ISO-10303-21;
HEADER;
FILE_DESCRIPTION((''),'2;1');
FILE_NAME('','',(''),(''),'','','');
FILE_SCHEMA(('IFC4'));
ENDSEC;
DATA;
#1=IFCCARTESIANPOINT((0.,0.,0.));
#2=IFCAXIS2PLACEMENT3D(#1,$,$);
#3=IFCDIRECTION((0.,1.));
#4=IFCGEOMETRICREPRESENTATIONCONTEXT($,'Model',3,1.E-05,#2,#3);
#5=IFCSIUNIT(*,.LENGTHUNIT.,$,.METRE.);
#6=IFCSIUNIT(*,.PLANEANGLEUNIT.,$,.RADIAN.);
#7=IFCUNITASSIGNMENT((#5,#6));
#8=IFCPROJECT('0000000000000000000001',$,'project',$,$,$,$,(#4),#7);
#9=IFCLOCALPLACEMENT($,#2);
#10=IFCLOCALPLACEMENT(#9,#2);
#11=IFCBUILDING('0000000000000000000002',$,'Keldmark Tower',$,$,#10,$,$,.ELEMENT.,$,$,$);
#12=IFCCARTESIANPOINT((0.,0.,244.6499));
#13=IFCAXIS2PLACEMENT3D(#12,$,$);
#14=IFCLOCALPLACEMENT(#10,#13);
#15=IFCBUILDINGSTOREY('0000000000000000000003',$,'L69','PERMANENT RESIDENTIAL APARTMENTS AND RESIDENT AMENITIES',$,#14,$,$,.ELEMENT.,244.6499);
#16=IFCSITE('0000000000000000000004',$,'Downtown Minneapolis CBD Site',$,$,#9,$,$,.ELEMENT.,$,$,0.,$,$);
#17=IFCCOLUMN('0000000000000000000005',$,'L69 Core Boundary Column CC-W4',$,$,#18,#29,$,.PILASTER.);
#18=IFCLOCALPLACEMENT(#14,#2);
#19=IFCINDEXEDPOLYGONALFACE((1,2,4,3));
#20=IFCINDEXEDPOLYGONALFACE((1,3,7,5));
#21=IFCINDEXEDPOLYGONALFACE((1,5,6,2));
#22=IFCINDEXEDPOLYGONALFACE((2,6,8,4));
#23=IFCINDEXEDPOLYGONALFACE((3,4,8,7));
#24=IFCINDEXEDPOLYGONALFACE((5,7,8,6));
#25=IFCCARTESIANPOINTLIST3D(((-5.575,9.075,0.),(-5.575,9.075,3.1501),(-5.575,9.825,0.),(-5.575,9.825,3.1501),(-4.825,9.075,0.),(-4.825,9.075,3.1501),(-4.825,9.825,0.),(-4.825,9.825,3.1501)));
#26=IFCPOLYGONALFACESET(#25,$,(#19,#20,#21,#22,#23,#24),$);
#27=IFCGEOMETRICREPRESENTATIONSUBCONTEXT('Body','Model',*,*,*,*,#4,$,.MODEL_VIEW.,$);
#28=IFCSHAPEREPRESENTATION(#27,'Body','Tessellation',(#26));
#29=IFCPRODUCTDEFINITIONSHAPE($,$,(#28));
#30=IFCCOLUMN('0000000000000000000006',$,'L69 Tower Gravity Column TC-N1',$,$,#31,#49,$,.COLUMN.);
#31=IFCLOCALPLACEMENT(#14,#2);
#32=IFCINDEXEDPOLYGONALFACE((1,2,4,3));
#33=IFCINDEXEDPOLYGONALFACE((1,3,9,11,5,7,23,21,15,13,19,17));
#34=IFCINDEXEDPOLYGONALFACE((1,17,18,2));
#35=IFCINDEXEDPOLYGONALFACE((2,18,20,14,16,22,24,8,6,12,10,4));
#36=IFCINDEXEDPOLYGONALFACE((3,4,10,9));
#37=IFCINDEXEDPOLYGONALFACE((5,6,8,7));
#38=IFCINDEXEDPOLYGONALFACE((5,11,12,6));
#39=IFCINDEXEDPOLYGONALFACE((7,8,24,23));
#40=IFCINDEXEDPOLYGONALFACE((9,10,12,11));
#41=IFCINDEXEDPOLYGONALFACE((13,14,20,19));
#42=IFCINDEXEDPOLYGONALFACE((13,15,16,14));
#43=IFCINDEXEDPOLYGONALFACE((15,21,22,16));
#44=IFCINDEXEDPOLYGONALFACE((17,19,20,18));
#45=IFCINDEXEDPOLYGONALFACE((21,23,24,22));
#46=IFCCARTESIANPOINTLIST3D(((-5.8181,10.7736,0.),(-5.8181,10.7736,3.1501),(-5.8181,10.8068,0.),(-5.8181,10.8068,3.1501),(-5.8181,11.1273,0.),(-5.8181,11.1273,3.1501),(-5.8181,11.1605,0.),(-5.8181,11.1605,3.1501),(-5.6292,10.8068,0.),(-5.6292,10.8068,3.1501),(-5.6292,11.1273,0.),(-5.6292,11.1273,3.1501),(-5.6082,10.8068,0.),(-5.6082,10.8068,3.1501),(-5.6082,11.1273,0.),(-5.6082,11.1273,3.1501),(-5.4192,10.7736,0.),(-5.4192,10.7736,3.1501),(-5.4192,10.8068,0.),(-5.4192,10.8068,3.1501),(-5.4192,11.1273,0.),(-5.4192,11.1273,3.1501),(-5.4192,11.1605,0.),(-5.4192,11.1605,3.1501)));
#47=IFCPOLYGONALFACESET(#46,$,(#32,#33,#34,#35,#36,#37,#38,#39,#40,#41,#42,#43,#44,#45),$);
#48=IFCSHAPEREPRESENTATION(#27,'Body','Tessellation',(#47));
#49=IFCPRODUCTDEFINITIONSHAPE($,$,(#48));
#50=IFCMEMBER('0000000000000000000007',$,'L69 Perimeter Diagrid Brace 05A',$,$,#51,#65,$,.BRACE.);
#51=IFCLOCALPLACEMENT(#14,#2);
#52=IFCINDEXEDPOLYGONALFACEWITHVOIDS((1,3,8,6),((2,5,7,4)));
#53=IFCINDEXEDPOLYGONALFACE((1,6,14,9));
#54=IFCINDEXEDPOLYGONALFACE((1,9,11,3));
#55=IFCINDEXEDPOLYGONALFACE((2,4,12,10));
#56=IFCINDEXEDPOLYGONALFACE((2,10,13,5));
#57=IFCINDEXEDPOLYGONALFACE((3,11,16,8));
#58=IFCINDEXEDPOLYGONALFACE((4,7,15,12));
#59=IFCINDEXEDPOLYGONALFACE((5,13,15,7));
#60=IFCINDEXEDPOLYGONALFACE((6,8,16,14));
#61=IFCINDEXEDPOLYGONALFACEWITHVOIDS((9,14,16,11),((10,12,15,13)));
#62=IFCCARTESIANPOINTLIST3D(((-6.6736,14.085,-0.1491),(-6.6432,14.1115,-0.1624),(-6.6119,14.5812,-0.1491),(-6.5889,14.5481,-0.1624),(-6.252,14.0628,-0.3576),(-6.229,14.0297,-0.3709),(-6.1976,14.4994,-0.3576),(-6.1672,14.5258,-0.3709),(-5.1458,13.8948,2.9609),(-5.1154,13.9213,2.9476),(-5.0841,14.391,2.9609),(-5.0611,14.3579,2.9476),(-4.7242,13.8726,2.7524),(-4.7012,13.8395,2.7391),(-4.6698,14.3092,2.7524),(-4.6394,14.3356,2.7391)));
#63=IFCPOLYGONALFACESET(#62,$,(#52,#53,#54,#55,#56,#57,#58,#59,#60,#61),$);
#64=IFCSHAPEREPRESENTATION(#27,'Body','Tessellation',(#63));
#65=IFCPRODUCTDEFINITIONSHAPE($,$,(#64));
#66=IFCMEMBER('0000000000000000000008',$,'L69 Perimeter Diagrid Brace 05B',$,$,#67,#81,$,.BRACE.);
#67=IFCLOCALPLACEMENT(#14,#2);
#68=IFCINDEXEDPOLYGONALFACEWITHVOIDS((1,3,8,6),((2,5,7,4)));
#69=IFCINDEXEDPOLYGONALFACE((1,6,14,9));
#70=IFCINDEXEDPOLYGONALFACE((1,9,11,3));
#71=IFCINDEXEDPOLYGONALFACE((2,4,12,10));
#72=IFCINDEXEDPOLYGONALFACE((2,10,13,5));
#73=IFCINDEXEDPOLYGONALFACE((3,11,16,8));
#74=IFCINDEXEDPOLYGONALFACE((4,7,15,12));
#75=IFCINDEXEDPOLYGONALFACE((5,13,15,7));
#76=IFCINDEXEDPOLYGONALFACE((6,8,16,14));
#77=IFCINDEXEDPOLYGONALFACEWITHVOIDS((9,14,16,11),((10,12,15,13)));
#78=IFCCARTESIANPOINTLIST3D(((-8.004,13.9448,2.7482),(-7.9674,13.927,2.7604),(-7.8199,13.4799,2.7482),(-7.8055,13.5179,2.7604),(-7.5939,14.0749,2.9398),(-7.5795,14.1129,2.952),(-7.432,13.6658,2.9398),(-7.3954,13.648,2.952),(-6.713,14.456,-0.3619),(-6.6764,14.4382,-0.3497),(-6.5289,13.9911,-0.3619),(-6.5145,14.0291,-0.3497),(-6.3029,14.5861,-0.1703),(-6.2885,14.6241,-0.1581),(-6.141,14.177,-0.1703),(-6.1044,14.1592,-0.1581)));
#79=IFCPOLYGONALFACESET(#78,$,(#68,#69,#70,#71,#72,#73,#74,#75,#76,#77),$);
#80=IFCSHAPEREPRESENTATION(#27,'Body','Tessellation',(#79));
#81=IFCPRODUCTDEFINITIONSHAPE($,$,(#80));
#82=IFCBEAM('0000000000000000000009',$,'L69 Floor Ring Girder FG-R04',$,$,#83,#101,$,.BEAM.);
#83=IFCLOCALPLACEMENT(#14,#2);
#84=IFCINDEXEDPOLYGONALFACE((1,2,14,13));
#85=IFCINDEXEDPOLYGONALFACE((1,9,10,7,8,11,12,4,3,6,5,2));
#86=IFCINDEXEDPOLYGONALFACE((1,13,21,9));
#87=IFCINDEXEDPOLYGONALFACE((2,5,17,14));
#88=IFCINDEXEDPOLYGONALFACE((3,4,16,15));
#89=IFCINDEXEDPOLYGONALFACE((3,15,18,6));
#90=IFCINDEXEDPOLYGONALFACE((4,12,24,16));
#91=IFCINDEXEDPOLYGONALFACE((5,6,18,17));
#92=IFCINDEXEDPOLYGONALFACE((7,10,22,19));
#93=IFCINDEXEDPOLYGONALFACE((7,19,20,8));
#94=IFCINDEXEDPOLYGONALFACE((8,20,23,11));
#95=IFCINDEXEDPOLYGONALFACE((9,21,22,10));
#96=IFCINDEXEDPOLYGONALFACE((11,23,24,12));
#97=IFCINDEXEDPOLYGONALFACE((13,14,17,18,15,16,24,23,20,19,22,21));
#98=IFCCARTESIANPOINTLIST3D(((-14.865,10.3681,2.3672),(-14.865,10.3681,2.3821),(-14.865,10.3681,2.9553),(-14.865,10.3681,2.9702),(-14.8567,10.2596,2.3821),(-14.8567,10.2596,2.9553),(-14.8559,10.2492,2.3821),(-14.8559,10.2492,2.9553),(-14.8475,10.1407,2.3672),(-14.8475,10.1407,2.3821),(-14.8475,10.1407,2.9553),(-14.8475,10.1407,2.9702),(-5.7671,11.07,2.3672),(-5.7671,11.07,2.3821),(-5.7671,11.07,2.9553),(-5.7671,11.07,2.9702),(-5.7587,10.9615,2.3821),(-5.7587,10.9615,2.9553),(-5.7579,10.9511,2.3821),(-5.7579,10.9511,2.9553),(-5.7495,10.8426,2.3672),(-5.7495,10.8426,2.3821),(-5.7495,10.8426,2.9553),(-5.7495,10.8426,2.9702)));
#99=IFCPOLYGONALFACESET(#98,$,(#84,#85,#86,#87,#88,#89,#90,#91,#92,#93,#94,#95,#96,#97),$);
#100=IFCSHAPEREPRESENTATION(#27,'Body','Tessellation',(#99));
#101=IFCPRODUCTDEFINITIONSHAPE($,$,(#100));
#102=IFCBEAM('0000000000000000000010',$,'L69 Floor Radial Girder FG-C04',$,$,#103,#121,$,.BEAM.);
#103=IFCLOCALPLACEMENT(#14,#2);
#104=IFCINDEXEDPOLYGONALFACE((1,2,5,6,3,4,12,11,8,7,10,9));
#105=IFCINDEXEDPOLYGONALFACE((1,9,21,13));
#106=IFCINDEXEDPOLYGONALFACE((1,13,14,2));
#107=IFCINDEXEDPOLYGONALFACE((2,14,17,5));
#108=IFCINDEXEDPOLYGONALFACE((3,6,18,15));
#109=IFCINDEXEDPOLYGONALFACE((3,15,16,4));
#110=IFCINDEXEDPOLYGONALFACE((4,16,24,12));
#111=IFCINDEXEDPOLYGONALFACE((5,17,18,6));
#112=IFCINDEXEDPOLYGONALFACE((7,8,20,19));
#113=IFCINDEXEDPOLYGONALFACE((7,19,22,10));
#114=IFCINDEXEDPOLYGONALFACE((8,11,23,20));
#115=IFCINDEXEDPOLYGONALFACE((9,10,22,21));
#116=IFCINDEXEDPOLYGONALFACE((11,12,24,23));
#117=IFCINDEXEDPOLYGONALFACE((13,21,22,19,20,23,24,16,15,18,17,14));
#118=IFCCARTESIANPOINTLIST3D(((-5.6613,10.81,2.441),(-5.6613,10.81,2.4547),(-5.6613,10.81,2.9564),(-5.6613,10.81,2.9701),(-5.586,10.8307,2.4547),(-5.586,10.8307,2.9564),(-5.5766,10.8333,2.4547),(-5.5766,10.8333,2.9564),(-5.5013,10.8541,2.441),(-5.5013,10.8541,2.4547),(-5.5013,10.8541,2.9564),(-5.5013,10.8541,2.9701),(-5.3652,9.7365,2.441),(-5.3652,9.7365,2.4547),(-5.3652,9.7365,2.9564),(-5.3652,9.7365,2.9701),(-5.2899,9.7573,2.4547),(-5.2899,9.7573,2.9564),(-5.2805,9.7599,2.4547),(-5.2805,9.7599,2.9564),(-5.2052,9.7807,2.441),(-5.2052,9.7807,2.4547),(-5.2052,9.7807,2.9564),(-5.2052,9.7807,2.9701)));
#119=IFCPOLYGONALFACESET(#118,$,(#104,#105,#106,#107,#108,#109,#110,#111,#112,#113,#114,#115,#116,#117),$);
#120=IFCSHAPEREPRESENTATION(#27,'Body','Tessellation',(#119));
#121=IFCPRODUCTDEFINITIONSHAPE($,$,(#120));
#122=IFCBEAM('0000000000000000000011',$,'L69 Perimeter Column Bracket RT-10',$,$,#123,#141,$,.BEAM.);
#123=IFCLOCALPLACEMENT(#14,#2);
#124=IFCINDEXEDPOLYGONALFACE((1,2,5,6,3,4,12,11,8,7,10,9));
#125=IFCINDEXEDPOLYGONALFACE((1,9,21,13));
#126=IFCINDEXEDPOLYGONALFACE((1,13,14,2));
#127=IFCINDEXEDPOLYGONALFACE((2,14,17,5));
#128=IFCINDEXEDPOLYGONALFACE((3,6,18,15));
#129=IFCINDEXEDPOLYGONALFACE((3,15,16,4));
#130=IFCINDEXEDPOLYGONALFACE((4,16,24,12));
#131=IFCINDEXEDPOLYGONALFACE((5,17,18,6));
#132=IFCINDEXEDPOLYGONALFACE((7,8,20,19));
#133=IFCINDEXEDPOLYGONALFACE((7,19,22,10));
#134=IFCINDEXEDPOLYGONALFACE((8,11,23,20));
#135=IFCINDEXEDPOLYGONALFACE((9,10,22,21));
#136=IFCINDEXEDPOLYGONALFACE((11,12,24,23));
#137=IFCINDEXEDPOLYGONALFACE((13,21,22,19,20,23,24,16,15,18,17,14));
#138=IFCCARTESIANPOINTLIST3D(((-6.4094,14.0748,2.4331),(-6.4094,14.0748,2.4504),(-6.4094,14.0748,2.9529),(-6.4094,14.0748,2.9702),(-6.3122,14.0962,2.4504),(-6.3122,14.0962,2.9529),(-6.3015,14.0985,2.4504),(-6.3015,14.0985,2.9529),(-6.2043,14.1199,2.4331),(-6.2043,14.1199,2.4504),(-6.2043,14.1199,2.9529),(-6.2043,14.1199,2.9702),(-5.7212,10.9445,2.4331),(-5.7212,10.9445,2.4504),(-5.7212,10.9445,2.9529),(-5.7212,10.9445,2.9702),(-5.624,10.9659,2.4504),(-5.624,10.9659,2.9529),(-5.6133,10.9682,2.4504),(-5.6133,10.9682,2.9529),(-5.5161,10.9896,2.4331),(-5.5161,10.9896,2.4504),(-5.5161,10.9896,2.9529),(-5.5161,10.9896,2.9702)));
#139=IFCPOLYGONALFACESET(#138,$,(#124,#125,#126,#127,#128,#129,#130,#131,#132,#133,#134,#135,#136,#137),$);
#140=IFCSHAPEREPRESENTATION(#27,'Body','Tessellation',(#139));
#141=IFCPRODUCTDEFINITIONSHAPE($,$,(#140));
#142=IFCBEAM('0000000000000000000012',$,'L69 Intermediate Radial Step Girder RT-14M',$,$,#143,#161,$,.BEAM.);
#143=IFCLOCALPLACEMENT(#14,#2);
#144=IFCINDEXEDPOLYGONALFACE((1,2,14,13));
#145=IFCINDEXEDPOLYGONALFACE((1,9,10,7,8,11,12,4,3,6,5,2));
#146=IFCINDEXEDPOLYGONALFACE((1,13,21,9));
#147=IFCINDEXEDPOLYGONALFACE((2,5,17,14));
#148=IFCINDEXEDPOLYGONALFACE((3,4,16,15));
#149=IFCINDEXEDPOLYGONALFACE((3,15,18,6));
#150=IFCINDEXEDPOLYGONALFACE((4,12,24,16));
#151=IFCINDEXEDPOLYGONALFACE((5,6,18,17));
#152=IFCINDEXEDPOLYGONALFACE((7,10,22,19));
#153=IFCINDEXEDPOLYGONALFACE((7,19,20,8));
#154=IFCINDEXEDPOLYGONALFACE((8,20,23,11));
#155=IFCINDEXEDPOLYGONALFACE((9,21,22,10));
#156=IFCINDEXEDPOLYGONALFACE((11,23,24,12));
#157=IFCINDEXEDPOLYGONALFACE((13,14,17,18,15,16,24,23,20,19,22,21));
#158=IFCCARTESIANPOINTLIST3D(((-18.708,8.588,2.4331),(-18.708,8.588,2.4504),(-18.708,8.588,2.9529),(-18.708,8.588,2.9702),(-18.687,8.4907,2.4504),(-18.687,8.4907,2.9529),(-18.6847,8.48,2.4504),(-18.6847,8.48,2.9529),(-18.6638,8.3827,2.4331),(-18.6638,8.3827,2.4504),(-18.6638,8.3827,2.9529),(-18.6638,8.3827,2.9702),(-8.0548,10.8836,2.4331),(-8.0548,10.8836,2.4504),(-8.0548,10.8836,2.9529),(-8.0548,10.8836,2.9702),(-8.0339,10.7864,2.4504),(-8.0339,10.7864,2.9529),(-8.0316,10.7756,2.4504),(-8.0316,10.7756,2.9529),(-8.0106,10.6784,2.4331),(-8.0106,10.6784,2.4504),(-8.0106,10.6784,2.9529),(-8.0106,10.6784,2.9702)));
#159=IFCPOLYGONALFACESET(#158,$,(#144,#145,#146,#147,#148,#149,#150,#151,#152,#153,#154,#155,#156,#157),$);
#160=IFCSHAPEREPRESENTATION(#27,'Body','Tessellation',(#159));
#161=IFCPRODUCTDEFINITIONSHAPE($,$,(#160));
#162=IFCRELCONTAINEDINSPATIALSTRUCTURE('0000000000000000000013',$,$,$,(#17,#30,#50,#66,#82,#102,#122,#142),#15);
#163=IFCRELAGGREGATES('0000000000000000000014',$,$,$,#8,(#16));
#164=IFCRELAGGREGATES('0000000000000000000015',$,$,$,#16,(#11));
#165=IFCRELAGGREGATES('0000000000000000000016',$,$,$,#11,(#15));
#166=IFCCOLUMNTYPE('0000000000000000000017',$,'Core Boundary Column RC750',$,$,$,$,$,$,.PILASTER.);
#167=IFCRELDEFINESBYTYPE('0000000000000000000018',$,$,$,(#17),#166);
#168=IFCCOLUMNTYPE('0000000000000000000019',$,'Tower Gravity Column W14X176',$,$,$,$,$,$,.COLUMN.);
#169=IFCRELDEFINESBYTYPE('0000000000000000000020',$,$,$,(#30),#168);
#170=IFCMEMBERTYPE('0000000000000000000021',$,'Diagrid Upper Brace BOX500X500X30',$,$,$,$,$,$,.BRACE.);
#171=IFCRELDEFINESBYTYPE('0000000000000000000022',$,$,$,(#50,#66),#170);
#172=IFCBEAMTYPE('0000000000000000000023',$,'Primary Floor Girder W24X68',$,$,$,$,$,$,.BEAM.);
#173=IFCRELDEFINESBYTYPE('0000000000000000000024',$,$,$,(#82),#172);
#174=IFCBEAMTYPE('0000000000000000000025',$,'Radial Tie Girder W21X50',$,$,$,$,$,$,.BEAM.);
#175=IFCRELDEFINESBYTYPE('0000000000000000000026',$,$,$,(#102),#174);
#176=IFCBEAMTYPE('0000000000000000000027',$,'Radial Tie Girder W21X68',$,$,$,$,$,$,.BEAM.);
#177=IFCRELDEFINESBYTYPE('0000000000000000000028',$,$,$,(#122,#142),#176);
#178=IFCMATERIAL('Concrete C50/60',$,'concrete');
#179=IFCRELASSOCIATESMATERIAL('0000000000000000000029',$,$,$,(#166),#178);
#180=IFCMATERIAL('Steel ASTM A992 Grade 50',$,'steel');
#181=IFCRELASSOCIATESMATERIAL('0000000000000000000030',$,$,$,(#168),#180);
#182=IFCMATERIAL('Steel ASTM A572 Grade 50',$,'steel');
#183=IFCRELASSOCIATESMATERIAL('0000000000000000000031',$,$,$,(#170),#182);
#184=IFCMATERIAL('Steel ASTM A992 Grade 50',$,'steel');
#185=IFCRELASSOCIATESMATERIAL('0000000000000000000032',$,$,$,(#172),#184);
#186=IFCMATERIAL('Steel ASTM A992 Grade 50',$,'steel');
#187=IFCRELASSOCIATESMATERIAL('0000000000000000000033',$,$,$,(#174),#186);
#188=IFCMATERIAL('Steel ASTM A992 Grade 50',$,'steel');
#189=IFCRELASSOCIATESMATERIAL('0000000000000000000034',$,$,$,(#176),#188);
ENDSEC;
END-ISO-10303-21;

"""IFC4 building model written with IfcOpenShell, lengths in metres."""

from ifc_helpers import new_model, si_unit, direction, frame, origin, origin_2d, place, context, subcontext, project, spatial, rectangle, hollow_rectangle, i_section, extrude, material, material_profile, profile_set, type_object, element, save


model = new_model("IFC4")

# Units and contexts
model_context = context("Model", 3, precision=1e-05, world=origin(), true_north=direction((0.0, 1.0)))
body_context = subcontext(model_context, "Body", "Model", "MODEL_VIEW")
ifc_project = project(units=[si_unit("LENGTHUNIT", "METRE"), si_unit("PLANEANGLEUNIT", "RADIAN")], contexts=[model_context])

# Site, building, storey
site_placement = place(None, origin())
site = spatial("IfcSite", under=ifc_project, at=site_placement, Name="Downtown Minneapolis CBD Site", CompositionType="ELEMENT", RefElevation=0.0)
building_placement = place(site_placement, origin())
building = spatial("IfcBuilding", under=site, at=building_placement, Name="Keldmark Tower", CompositionType="ELEMENT")
storey_placement = place(building_placement, frame((0.0, 0.0, 244.6499)))
storey = spatial("IfcBuildingStorey", under=building, at=storey_placement, Name="L69", Description="PERMANENT RESIDENTIAL APARTMENTS AND RESIDENT AMENITIES", CompositionType="ELEMENT", Elevation=244.6499)

# Columns
ifc_material_1 = material(Name="Concrete C50/60", Category="concrete")
ifc_material_profile_1 = material_profile(ifc_material_1, rectangle(XDim=0.75, YDim=0.75, at=origin_2d()), Name="RC750X750")
ifc_profile_set_1 = profile_set([ifc_material_profile_1], Name="Concrete C50/60")
column_type_1 = type_object("IfcColumnType", Name="Core Boundary Column RC750", PredefinedType="PILASTER", material=ifc_profile_set_1)
column_1_placement = place(storey_placement, frame((-5.2, 9.45, 0.0), z_axis=(0.0, 0.0, 1.0), x_axis=(1.0, 0.0, 0.0)))
element("IfcColumn", 1, at=column_1_placement, inside=storey, type_object=column_type_1, Name="L69 Core Boundary Column CC-W4", PredefinedType="PILASTER", context=body_context, shape_type="SweptSolid", body=[
    extrude(rectangle(XDim=0.75, YDim=0.75, at=origin_2d()), origin(), (0.0, 0.0, 1.0), 3.1501),
])
ifc_material_2 = material(Name="Steel ASTM A992 Grade 50", Category="steel")
ifc_material_profile_2 = material_profile(ifc_material_2, i_section(OverallWidth=0.3989, OverallDepth=0.387, WebThickness=0.021, FlangeThickness=0.0332, at=origin_2d()), Name="W14X176")
ifc_profile_set_2 = profile_set([ifc_material_profile_2], Name="Steel ASTM A992 Grade 50")
column_type_2 = type_object("IfcColumnType", Name="Tower Gravity Column W14X176", PredefinedType="COLUMN", material=ifc_profile_set_2)
column_2_placement = place(storey_placement, frame((-5.6187, 10.967, 0.0), z_axis=(0.0, 0.0, 1.0), x_axis=(1.0, 0.0, 0.0)))
element("IfcColumn", 2, at=column_2_placement, inside=storey, type_object=column_type_2, Name="L69 Tower Gravity Column TC-N1", PredefinedType="COLUMN", context=body_context, shape_type="SweptSolid", body=[
    extrude(i_section(OverallWidth=0.3989, OverallDepth=0.387, WebThickness=0.021, FlangeThickness=0.0332, at=origin_2d()), origin(), (0.0, 0.0, 1.0), 3.1501),
])

# Members
ifc_material_3 = material(Name="Steel ASTM A572 Grade 50", Category="steel")
ifc_material_profile_3 = material_profile(ifc_material_3, hollow_rectangle(XDim=0.5, YDim=0.5, WallThickness=0.03, at=origin_2d()), Name="BOX500X500X30")
ifc_profile_set_3 = profile_set([ifc_material_profile_3], Name="Steel ASTM A572 Grade 50")
member_type = type_object("IfcMemberType", Name="Diagrid Upper Brace BOX500X500X30", PredefinedType="BRACE", material=ifc_profile_set_3)
member_1_placement = place(storey_placement, frame((-6.4204, 14.3054, -0.26), z_axis=(0.440255, -0.054803, 0.896199), x_axis=(0.123527, 0.992341, 0.0)))
element("IfcMember", 3, at=member_1_placement, inside=storey, type_object=member_type, Name="L69 Perimeter Diagrid Brace 05A", PredefinedType="BRACE", context=body_context, shape_type="SweptSolid", body=[
    extrude(hollow_rectangle(XDim=0.5, YDim=0.5, WallThickness=0.03, at=origin_2d()), origin(), (0.0, 0.0, 1.0), 3.4702),
])
member_2_placement = place(storey_placement, frame((-6.4087, 14.3076, -0.26), z_axis=(-0.379041, -0.150097, 0.913126), x_axis=(0.368175, -0.929756, 0.0)))
element("IfcMember", 4, at=member_2_placement, inside=storey, type_object=member_type, Name="L69 Perimeter Diagrid Brace 05B", PredefinedType="BRACE", context=body_context, shape_type="SweptSolid", body=[
    extrude(hollow_rectangle(XDim=0.5, YDim=0.5, WallThickness=0.03, at=origin_2d()), origin(), (0.0, 0.0, 1.0), 3.406),
])

# Beams
ifc_material_4 = material(Name="Steel ASTM A992 Grade 50", Category="steel")
ifc_material_profile_4 = material_profile(ifc_material_4, i_section(OverallWidth=0.228, OverallDepth=0.603, WebThickness=0.0105, FlangeThickness=0.0149, at=origin_2d()), Name="W24X68")
ifc_profile_set_4 = profile_set([ifc_material_profile_4], Name="Steel ASTM A992 Grade 50")
beam_type_1 = type_object("IfcBeamType", Name="Primary Floor Girder W24X68", PredefinedType="BEAM", material=ifc_profile_set_4)
beam_1_placement = place(storey_placement, frame((-5.7583, 10.9563, 2.6687), z_axis=(-0.997037, -0.076922, 0.0), x_axis=(0.076922, -0.997037, 0.0)))
element("IfcBeam", 5, at=beam_1_placement, inside=storey, type_object=beam_type_1, Name="L69 Floor Ring Girder FG-R04", PredefinedType="BEAM", context=body_context, shape_type="SweptSolid", body=[
    extrude(i_section(OverallWidth=0.228, OverallDepth=0.603, WebThickness=0.0105, FlangeThickness=0.0149, at=origin_2d()), origin(), (0.0, 0.0, 1.0), 9.125),
])
ifc_material_5 = material(Name="Steel ASTM A992 Grade 50", Category="steel")
ifc_material_profile_5 = material_profile(ifc_material_5, i_section(OverallWidth=0.166, OverallDepth=0.5291, WebThickness=0.0098, FlangeThickness=0.0137, at=origin_2d()), Name="W21X50")
ifc_profile_set_5 = profile_set([ifc_material_profile_5], Name="Steel ASTM A992 Grade 50")
beam_type_2 = type_object("IfcBeamType", Name="Radial Tie Girder W21X50", PredefinedType="BEAM", material=ifc_profile_set_5)
beam_2_placement = place(storey_placement, frame((-5.5813, 10.832, 2.7056), z_axis=(0.265936, -0.963991, 0.0), x_axis=(0.963991, 0.265936, 0.0)))
element("IfcBeam", 6, at=beam_2_placement, inside=storey, type_object=beam_type_2, Name="L69 Floor Radial Girder FG-C04", PredefinedType="BEAM", context=body_context, shape_type="SweptSolid", body=[
    extrude(i_section(OverallWidth=0.166, OverallDepth=0.5291, WebThickness=0.0098, FlangeThickness=0.0137, at=origin_2d()), origin(), (0.0, 0.0, 1.0), 1.1135),
])
ifc_material_6 = material(Name="Steel ASTM A992 Grade 50", Category="steel")
ifc_material_profile_6 = material_profile(ifc_material_6, i_section(OverallWidth=0.21, OverallDepth=0.5371, WebThickness=0.011, FlangeThickness=0.0173, at=origin_2d()), Name="W21X68")
ifc_profile_set_6 = profile_set([ifc_material_profile_6], Name="Steel ASTM A992 Grade 50")
beam_type_3 = type_object("IfcBeamType", Name="Radial Tie Girder W21X68", PredefinedType="BEAM", material=ifc_profile_set_6)
beam_3_placement = place(storey_placement, frame((-5.6187, 10.967, 2.7017), z_axis=(-0.214728, 0.976674, 0.0), x_axis=(-0.976674, -0.214728, 0.0)))
element("IfcBeam", 7, at=beam_3_placement, inside=storey, type_object=beam_type_3, Name="L69 Perimeter Column Bracket RT-10", PredefinedType="BEAM", context=body_context, shape_type="SweptSolid", body=[
    extrude(i_section(OverallWidth=0.21, OverallDepth=0.5371, WebThickness=0.011, FlangeThickness=0.0173, at=origin_2d()), origin(), (0.0, 0.0, 1.0), 3.2051),
])
beam_4_placement = place(storey_placement, frame((-8.0327, 10.781, 2.7017), z_axis=(-0.97756, -0.210657, 0.0), x_axis=(0.210657, -0.97756, 0.0)))
element("IfcBeam", 8, at=beam_4_placement, inside=storey, type_object=beam_type_3, Name="L69 Intermediate Radial Step Girder RT-14M", PredefinedType="BEAM", context=body_context, shape_type="SweptSolid", body=[
    extrude(i_section(OverallWidth=0.21, OverallDepth=0.5371, WebThickness=0.011, FlangeThickness=0.0173, at=origin_2d()), origin(), (0.0, 0.0, 1.0), 10.8977),
])

save(model, "model.ifc")
